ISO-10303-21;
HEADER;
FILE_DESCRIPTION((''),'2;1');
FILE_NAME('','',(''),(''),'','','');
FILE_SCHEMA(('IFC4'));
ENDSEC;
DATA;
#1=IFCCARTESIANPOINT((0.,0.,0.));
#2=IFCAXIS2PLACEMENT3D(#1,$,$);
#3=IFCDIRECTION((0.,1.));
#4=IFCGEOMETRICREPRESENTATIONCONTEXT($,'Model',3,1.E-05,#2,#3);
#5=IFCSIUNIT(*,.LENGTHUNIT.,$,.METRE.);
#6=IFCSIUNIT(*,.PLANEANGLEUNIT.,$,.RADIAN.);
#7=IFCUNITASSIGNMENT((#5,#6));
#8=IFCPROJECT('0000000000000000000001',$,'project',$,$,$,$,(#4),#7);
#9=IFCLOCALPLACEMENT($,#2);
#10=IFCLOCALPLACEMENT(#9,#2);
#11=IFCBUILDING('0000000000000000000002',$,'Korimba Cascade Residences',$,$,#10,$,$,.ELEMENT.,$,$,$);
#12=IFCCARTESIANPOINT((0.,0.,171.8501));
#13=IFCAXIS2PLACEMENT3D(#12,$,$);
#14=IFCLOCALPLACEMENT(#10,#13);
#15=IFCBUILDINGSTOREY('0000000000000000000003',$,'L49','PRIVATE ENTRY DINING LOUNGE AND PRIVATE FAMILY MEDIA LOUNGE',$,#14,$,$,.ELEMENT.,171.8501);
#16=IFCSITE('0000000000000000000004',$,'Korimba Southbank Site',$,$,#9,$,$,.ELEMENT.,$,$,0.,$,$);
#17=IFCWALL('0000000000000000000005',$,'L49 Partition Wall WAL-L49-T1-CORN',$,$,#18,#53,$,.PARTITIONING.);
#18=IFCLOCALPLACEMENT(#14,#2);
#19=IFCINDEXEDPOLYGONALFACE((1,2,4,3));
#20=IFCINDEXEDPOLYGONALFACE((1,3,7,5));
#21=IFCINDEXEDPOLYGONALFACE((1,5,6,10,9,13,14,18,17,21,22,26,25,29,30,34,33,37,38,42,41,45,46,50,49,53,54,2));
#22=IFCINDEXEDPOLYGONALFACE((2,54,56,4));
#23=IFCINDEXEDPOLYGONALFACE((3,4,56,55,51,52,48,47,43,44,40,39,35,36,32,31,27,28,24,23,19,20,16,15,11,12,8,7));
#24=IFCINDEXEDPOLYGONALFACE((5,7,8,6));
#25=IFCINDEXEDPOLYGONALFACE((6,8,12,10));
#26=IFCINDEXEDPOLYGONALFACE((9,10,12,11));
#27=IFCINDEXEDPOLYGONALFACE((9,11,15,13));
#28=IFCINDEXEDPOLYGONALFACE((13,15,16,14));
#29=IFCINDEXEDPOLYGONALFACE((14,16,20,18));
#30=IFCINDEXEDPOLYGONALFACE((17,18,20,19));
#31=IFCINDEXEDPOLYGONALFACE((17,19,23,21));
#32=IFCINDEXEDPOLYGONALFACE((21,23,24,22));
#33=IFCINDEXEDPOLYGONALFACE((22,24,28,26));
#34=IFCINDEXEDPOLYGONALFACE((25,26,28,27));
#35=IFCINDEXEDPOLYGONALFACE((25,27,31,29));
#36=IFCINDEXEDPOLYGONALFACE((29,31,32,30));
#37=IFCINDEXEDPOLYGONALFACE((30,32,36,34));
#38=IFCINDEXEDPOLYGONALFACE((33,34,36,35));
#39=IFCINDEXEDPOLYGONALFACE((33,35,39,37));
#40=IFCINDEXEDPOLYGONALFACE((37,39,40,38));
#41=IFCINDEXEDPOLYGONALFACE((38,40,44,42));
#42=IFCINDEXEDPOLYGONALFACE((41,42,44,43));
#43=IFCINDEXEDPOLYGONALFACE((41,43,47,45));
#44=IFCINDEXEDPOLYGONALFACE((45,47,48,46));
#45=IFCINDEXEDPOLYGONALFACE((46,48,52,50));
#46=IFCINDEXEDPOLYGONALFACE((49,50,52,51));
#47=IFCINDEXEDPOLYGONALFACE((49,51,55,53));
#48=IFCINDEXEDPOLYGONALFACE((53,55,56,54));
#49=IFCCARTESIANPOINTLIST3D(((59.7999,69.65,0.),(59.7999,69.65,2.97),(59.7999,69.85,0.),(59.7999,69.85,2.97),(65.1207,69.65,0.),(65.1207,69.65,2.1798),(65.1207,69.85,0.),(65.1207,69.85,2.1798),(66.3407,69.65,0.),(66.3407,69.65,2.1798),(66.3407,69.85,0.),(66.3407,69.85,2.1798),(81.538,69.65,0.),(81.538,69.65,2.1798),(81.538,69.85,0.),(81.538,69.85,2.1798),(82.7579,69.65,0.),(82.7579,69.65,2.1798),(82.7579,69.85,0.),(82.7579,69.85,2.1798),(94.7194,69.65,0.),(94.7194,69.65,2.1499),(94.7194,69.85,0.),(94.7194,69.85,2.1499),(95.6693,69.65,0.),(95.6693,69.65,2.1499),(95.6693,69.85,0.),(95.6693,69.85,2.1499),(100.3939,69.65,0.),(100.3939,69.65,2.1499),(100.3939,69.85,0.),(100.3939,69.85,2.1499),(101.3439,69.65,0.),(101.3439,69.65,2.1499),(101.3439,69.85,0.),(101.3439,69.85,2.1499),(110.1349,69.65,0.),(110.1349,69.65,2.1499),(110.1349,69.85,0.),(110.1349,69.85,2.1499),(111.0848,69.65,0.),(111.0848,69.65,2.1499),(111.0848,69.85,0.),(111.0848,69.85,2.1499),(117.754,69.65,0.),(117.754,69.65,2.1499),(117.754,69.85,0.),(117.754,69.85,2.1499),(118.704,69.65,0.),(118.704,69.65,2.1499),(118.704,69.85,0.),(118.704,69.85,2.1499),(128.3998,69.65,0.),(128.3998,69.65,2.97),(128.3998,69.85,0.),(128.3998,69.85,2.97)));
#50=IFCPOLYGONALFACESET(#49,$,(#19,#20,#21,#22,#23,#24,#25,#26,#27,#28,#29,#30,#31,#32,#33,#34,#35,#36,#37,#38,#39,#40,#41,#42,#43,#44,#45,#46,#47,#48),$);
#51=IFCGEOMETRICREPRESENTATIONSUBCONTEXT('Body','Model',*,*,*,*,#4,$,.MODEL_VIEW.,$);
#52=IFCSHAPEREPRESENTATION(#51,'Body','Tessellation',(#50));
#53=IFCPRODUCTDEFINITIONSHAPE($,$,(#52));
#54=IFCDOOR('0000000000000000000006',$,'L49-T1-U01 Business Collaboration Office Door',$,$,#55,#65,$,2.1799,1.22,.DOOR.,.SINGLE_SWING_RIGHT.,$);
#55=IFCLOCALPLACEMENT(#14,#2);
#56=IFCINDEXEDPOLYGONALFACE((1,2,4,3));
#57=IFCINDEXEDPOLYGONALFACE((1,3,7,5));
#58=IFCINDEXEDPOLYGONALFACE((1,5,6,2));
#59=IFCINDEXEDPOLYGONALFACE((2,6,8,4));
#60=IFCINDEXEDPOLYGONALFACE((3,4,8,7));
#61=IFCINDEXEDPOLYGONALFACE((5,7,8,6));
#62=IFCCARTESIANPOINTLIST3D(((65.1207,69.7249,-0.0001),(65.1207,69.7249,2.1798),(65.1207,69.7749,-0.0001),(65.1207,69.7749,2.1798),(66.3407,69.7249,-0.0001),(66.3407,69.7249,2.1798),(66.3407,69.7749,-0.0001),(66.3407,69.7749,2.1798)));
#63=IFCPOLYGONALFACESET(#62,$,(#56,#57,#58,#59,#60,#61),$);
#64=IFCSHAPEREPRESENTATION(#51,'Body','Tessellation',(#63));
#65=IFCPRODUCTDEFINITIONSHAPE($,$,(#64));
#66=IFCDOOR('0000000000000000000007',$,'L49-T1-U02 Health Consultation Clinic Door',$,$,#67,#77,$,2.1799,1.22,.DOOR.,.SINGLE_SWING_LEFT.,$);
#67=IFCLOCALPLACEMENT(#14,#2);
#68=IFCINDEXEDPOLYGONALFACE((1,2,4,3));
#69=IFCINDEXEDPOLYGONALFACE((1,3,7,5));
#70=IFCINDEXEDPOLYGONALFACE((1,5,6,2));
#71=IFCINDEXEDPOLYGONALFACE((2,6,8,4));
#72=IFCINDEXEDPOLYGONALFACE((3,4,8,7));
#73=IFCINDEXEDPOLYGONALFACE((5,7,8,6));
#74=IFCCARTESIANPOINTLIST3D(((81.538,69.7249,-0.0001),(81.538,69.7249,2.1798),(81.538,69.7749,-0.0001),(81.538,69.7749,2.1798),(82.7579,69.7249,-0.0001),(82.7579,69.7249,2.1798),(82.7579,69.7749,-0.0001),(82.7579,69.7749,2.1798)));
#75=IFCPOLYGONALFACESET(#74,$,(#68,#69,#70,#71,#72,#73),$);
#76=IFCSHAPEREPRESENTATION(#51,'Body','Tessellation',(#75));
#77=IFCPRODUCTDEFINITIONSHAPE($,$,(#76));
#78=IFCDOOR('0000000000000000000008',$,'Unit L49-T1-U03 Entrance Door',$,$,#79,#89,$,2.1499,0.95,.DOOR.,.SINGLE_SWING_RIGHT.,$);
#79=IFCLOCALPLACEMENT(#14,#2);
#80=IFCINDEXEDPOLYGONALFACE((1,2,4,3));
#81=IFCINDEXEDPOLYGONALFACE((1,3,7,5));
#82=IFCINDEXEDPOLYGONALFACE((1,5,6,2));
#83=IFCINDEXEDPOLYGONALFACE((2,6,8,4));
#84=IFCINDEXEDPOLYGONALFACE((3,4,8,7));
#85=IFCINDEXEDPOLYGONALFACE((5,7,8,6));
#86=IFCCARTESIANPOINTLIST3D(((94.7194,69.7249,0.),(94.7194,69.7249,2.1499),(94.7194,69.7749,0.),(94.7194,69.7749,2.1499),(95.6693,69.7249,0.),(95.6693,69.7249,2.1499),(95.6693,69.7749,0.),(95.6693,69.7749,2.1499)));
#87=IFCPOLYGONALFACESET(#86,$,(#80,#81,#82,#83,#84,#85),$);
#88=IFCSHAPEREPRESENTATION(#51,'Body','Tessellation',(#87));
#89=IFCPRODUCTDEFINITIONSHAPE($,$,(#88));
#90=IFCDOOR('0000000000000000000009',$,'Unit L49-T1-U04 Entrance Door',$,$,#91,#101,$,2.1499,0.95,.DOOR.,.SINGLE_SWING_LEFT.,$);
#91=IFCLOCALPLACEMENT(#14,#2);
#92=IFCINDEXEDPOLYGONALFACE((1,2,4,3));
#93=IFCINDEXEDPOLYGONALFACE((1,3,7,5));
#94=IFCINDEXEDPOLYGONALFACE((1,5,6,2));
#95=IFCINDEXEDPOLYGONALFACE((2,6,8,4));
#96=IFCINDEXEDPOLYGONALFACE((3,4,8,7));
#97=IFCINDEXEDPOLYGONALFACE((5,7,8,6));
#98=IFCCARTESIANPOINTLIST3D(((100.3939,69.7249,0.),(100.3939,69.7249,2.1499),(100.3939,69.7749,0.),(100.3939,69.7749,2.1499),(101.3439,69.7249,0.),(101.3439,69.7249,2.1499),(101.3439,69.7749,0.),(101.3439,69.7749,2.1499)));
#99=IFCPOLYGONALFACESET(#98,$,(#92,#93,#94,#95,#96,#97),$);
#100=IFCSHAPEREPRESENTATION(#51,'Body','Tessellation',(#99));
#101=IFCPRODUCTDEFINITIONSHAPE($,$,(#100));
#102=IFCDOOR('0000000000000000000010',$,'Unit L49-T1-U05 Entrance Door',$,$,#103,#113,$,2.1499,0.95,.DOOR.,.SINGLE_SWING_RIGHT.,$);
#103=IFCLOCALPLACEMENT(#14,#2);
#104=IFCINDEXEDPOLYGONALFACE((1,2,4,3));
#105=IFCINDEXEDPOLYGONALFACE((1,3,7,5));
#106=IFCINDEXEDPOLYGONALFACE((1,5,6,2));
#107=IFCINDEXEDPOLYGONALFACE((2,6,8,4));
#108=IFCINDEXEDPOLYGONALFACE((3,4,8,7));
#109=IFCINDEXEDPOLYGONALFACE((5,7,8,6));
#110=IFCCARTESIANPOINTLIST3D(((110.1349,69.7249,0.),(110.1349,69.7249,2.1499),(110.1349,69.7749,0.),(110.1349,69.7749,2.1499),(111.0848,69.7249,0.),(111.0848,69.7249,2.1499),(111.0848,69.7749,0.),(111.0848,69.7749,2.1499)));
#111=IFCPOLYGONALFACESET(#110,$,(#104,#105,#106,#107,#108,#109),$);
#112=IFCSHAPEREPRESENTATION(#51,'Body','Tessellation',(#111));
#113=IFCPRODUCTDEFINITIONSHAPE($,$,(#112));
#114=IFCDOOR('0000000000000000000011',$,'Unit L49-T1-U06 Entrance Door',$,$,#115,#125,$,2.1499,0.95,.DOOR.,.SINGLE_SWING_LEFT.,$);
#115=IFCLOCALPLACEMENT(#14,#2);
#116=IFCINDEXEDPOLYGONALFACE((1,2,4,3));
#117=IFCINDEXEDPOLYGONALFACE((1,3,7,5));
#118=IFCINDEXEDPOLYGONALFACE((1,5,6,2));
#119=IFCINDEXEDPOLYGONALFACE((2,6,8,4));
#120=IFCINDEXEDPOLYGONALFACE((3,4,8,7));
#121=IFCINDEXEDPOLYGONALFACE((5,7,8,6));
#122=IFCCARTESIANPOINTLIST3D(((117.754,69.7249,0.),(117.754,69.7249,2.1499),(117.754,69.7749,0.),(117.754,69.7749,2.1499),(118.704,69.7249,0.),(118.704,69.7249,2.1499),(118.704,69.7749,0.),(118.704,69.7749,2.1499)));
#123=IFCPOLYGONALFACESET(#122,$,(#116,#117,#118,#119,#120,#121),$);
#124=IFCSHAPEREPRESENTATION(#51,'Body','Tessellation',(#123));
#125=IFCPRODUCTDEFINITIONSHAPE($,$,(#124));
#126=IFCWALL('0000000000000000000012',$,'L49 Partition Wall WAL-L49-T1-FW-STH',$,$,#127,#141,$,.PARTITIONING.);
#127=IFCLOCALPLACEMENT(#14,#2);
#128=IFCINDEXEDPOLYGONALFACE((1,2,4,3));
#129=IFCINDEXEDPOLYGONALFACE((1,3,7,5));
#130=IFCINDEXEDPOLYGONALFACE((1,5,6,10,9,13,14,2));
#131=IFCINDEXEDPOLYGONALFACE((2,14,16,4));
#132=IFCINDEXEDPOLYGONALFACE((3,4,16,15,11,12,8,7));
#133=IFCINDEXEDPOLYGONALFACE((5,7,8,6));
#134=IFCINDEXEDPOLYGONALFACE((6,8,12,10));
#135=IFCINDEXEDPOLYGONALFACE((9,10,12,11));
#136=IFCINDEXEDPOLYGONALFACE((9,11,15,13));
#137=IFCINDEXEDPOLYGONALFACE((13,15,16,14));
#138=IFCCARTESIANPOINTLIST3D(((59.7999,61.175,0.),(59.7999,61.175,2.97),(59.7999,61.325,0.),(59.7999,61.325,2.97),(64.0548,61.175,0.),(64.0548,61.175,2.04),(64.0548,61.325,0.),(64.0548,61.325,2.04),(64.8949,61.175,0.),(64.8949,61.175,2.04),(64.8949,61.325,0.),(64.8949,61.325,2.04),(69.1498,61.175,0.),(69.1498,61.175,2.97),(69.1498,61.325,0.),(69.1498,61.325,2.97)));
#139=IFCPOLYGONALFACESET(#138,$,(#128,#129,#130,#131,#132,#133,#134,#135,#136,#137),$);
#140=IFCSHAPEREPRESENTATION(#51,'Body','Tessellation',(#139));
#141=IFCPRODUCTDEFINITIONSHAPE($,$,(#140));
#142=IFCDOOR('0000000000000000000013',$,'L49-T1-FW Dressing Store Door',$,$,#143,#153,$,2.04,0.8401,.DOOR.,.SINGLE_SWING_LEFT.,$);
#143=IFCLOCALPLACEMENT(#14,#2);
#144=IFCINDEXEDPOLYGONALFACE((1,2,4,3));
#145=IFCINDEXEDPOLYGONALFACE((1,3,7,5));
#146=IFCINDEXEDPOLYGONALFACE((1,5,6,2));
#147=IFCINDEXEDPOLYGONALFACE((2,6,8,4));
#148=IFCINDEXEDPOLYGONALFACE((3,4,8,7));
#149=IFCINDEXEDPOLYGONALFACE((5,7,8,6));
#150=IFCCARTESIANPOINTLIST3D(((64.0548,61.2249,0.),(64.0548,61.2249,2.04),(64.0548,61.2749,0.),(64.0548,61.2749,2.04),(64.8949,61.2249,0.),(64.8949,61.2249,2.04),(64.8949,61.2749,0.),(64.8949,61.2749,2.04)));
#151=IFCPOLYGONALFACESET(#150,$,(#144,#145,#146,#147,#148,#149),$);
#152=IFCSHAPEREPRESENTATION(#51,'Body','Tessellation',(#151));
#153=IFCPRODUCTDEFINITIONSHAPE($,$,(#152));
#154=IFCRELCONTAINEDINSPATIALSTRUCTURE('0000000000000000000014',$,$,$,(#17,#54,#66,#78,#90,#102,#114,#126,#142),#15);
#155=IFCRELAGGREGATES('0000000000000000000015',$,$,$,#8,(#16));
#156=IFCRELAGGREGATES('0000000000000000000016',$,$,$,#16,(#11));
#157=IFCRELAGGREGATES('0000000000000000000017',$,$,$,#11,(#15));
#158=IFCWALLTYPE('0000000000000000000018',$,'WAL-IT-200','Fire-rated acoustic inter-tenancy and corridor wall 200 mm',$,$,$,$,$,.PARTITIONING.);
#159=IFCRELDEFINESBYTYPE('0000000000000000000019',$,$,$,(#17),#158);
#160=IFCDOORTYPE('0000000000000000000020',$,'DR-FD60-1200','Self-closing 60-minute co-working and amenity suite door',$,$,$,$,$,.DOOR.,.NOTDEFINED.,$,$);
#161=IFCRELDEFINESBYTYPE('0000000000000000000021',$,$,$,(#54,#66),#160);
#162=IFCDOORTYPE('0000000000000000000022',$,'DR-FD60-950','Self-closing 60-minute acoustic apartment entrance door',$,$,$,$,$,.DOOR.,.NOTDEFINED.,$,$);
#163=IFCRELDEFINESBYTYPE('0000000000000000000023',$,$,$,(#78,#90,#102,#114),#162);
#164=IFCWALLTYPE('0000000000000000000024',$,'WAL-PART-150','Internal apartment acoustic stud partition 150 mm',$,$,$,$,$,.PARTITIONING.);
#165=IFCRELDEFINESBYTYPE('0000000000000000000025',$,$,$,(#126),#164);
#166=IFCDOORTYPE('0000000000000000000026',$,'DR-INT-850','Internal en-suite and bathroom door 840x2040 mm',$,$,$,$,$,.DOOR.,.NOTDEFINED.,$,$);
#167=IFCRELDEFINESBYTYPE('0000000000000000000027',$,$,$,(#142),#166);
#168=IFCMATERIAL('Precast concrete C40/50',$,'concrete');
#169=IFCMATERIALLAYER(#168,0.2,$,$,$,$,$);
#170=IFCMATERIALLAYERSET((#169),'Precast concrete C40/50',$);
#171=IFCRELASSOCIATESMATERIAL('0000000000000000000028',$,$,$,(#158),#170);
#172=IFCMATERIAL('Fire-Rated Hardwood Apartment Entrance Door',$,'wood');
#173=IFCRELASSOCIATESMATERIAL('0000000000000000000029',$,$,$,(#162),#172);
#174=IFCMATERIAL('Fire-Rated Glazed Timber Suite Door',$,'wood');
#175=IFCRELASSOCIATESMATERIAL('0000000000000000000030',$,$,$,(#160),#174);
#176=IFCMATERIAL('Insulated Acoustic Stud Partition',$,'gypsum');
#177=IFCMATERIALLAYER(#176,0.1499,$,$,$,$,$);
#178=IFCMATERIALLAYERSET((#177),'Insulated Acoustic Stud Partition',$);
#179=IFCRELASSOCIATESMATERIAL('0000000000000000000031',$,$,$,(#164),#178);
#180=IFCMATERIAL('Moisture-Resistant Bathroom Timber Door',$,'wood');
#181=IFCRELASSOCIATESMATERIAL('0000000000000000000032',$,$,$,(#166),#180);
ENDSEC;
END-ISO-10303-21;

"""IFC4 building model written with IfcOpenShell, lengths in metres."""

from ifc_helpers import new_model, si_unit, direction, frame, frame_2d, origin, place, context, subcontext, project, spatial, rectangle, extrude, material, layer, layer_set, type_object, element, fill, save


model = new_model("IFC4")

# Units and contexts
model_context = context("Model", 3, precision=1e-05, world=origin(), true_north=direction((0.0, 1.0)))
body_context = subcontext(model_context, "Body", "Model", "MODEL_VIEW")
ifc_project = project(units=[si_unit("LENGTHUNIT", "METRE"), si_unit("PLANEANGLEUNIT", "RADIAN")], contexts=[model_context])

# Site, building, storey
site_placement = place(None, origin())
site = spatial("IfcSite", under=ifc_project, at=site_placement, Name="Korimba Southbank Site", CompositionType="ELEMENT", RefElevation=0.0)
building_placement = place(site_placement, origin())
building = spatial("IfcBuilding", under=site, at=building_placement, Name="Korimba Cascade Residences", CompositionType="ELEMENT")
storey_placement = place(building_placement, frame((0.0, 0.0, 171.8501)))
storey = spatial("IfcBuildingStorey", under=building, at=storey_placement, Name="L49", Description="PRIVATE ENTRY DINING LOUNGE AND PRIVATE FAMILY MEDIA LOUNGE", CompositionType="ELEMENT", Elevation=171.8501)

# Shared definitions
ifc_material_1 = material(Name="Precast concrete C40/50", Category="concrete")

# Shared definitions
ifc_layer_1 = layer(ifc_material_1, 0.2)
ifc_layer_set_1 = layer_set([ifc_layer_1], Name="Precast concrete C40/50")
wall_type_1 = type_object("IfcWallType", Name="WAL-IT-200", Description="Fire-rated acoustic inter-tenancy and corridor wall 200 mm", PredefinedType="PARTITIONING", material=ifc_layer_set_1)
ifc_material_2 = material(Name="Fire-Rated Hardwood Apartment Entrance Door", Category="wood")
door_type_1 = type_object("IfcDoorType", Name="DR-FD60-950", Description="Self-closing 60-minute acoustic apartment entrance door", OperationType="NOTDEFINED", PredefinedType="DOOR", material=ifc_material_2)

# Wall, openings, doors
wall_1_placement = place(storey_placement, frame((59.8, 69.75, 0.0), z_axis=(0.0, 0.0, 1.0), x_axis=(1.0, 0.0, 0.0)))
wall_1 = element("IfcWall", 1, at=wall_1_placement, inside=storey, type_object=wall_type_1, Name="L49 Partition Wall WAL-L49-T1-CORN", PredefinedType="PARTITIONING", context=body_context, shape_type="SweptSolid", body=[
    extrude(rectangle(XDim=68.5999, YDim=0.2, at=frame_2d((34.2998, 0.0))), origin(), (0.0, 0.0, 1.0), 2.97),
])
opening_1_placement = place(wall_1_placement, frame((5.3208, 0.0, 0.0)))
opening_1 = element("IfcOpeningElement", 2, at=opening_1_placement, cuts=wall_1, PredefinedType="OPENING", context=body_context, shape_type="SweptSolid", body=[
    extrude(rectangle(XDim=1.22, YDim=2.1799, at=frame_2d((0.6099, 1.0898))), frame((0.0, 0.1099, 0.0), z_axis=(0.0, -1.0, 0.0), x_axis=(1.0, 0.0, 0.0)), (0.0, 0.0, 1.0), 0.22),
])
opening_2_placement = place(wall_1_placement, frame((21.738, 0.0, 0.0)))
opening_2 = element("IfcOpeningElement", 3, at=opening_2_placement, cuts=wall_1, PredefinedType="OPENING", context=body_context, shape_type="SweptSolid", body=[
    extrude(rectangle(XDim=1.22, YDim=2.1799, at=frame_2d((0.6099, 1.0898))), frame((0.0, 0.1099, 0.0), z_axis=(0.0, -1.0, 0.0), x_axis=(1.0, 0.0, 0.0)), (0.0, 0.0, 1.0), 0.22),
])
opening_3_placement = place(wall_1_placement, frame((34.9192, 0.0, 0.0)))
opening_3 = element("IfcOpeningElement", 4, at=opening_3_placement, cuts=wall_1, PredefinedType="OPENING", context=body_context, shape_type="SweptSolid", body=[
    extrude(rectangle(XDim=0.95, YDim=2.1499, at=frame_2d((0.4751, 1.075))), frame((0.0, 0.1099, 0.0), z_axis=(0.0, -1.0, 0.0), x_axis=(1.0, 0.0, 0.0)), (0.0, 0.0, 1.0), 0.22),
])
opening_4_placement = place(wall_1_placement, frame((40.5938, 0.0, 0.0)))
opening_4 = element("IfcOpeningElement", 5, at=opening_4_placement, cuts=wall_1, PredefinedType="OPENING", context=body_context, shape_type="SweptSolid", body=[
    extrude(rectangle(XDim=0.95, YDim=2.1499, at=frame_2d((0.4751, 1.075))), frame((0.0, 0.1099, 0.0), z_axis=(0.0, -1.0, 0.0), x_axis=(1.0, 0.0, 0.0)), (0.0, 0.0, 1.0), 0.22),
])
opening_5_placement = place(wall_1_placement, frame((50.3347, 0.0, 0.0)))
opening_5 = element("IfcOpeningElement", 6, at=opening_5_placement, cuts=wall_1, PredefinedType="OPENING", context=body_context, shape_type="SweptSolid", body=[
    extrude(rectangle(XDim=0.95, YDim=2.1499, at=frame_2d((0.4751, 1.075))), frame((0.0, 0.1099, 0.0), z_axis=(0.0, -1.0, 0.0), x_axis=(1.0, 0.0, 0.0)), (0.0, 0.0, 1.0), 0.22),
])
opening_6_placement = place(wall_1_placement, frame((57.9539, 0.0, 0.0)))
opening_6 = element("IfcOpeningElement", 7, at=opening_6_placement, cuts=wall_1, PredefinedType="OPENING", context=body_context, shape_type="SweptSolid", body=[
    extrude(rectangle(XDim=0.95, YDim=2.1499, at=frame_2d((0.4751, 1.075))), frame((0.0, 0.1099, 0.0), z_axis=(0.0, -1.0, 0.0), x_axis=(1.0, 0.0, 0.0)), (0.0, 0.0, 1.0), 0.22),
])
ifc_material_3 = material(Name="Fire-Rated Glazed Timber Suite Door", Category="wood")
door_type_2 = type_object("IfcDoorType", Name="DR-FD60-1200", Description="Self-closing 60-minute co-working and amenity suite door", OperationType="NOTDEFINED", PredefinedType="DOOR", material=ifc_material_3)
door_1_placement = place(opening_1_placement, origin())
door_1 = element("IfcDoor", 8, at=door_1_placement, inside=storey, type_object=door_type_2, Name="L49-T1-U01 Business Collaboration Office Door", OperationType="SINGLE_SWING_RIGHT", OverallHeight=2.1799, OverallWidth=1.22, PredefinedType="DOOR", context=body_context, shape_type="SweptSolid", body=[
    extrude(rectangle(XDim=1.22, YDim=2.1799, at=frame_2d((0.6099, 1.0898))), frame((0.0, 0.0249, 0.0), z_axis=(0.0, -1.0, 0.0), x_axis=(1.0, 0.0, 0.0)), (0.0, 0.0, 1.0), 0.05),
])
fill(opening_1, door_1)
door_2_placement = place(opening_2_placement, origin())
door_2 = element("IfcDoor", 9, at=door_2_placement, inside=storey, type_object=door_type_2, Name="L49-T1-U02 Health Consultation Clinic Door", OperationType="SINGLE_SWING_LEFT", OverallHeight=2.1799, OverallWidth=1.22, PredefinedType="DOOR", context=body_context, shape_type="SweptSolid", body=[
    extrude(rectangle(XDim=1.22, YDim=2.1799, at=frame_2d((0.6099, 1.0898))), frame((0.0, 0.0249, 0.0), z_axis=(0.0, -1.0, 0.0), x_axis=(1.0, 0.0, 0.0)), (0.0, 0.0, 1.0), 0.05),
])
fill(opening_2, door_2)
door_3_placement = place(opening_3_placement, origin())
door_3 = element("IfcDoor", 10, at=door_3_placement, inside=storey, type_object=door_type_1, Name="Unit L49-T1-U03 Entrance Door", OperationType="SINGLE_SWING_RIGHT", OverallHeight=2.1499, OverallWidth=0.95, PredefinedType="DOOR", context=body_context, shape_type="SweptSolid", body=[
    extrude(rectangle(XDim=0.95, YDim=2.1499, at=frame_2d((0.4751, 1.075))), frame((0.0, 0.0249, 0.0), z_axis=(0.0, -1.0, 0.0), x_axis=(1.0, 0.0, 0.0)), (0.0, 0.0, 1.0), 0.05),
])
fill(opening_3, door_3)
door_4_placement = place(opening_4_placement, origin())
door_4 = element("IfcDoor", 11, at=door_4_placement, inside=storey, type_object=door_type_1, Name="Unit L49-T1-U04 Entrance Door", OperationType="SINGLE_SWING_LEFT", OverallHeight=2.1499, OverallWidth=0.95, PredefinedType="DOOR", context=body_context, shape_type="SweptSolid", body=[
    extrude(rectangle(XDim=0.95, YDim=2.1499, at=frame_2d((0.4751, 1.075))), frame((0.0, 0.0249, 0.0), z_axis=(0.0, -1.0, 0.0), x_axis=(1.0, 0.0, 0.0)), (0.0, 0.0, 1.0), 0.05),
])
fill(opening_4, door_4)
door_5_placement = place(opening_5_placement, origin())
door_5 = element("IfcDoor", 12, at=door_5_placement, inside=storey, type_object=door_type_1, Name="Unit L49-T1-U05 Entrance Door", OperationType="SINGLE_SWING_RIGHT", OverallHeight=2.1499, OverallWidth=0.95, PredefinedType="DOOR", context=body_context, shape_type="SweptSolid", body=[
    extrude(rectangle(XDim=0.95, YDim=2.1499, at=frame_2d((0.4751, 1.075))), frame((0.0, 0.0249, 0.0), z_axis=(0.0, -1.0, 0.0), x_axis=(1.0, 0.0, 0.0)), (0.0, 0.0, 1.0), 0.05),
])
fill(opening_5, door_5)
door_6_placement = place(opening_6_placement, origin())
door_6 = element("IfcDoor", 13, at=door_6_placement, inside=storey, type_object=door_type_1, Name="Unit L49-T1-U06 Entrance Door", OperationType="SINGLE_SWING_LEFT", OverallHeight=2.1499, OverallWidth=0.95, PredefinedType="DOOR", context=body_context, shape_type="SweptSolid", body=[
    extrude(rectangle(XDim=0.95, YDim=2.1499, at=frame_2d((0.4751, 1.075))), frame((0.0, 0.0249, 0.0), z_axis=(0.0, -1.0, 0.0), x_axis=(1.0, 0.0, 0.0)), (0.0, 0.0, 1.0), 0.05),
])
fill(opening_6, door_6)

# Wall, opening, door
ifc_material_4 = material(Name="Insulated Acoustic Stud Partition", Category="gypsum")
ifc_layer_2 = layer(ifc_material_4, 0.1499)
ifc_layer_set_2 = layer_set([ifc_layer_2], Name="Insulated Acoustic Stud Partition")
wall_type_2 = type_object("IfcWallType", Name="WAL-PART-150", Description="Internal apartment acoustic stud partition 150 mm", PredefinedType="PARTITIONING", material=ifc_layer_set_2)
wall_2_placement = place(storey_placement, frame((59.8, 61.25, 0.0), z_axis=(0.0, 0.0, 1.0), x_axis=(1.0, 0.0, 0.0)))
wall_2 = element("IfcWall", 14, at=wall_2_placement, inside=storey, type_object=wall_type_2, Name="L49 Partition Wall WAL-L49-T1-FW-STH", PredefinedType="PARTITIONING", context=body_context, shape_type="SweptSolid", body=[
    extrude(rectangle(XDim=9.3499, YDim=0.1499, at=frame_2d((4.6748, 0.0))), origin(), (0.0, 0.0, 1.0), 2.97),
])
opening_7_placement = place(wall_2_placement, frame((4.2549, 0.0, 0.0)))
opening_7 = element("IfcOpeningElement", 15, at=opening_7_placement, cuts=wall_2, PredefinedType="OPENING", context=body_context, shape_type="SweptSolid", body=[
    extrude(rectangle(XDim=0.8401, YDim=2.04, at=frame_2d((0.4199, 1.02))), frame((0.0, 0.085, 0.0), z_axis=(0.0, -1.0, 0.0), x_axis=(1.0, 0.0, 0.0)), (0.0, 0.0, 1.0), 0.1699),
])
ifc_material_5 = material(Name="Moisture-Resistant Bathroom Timber Door", Category="wood")
door_type_3 = type_object("IfcDoorType", Name="DR-INT-850", Description="Internal en-suite and bathroom door 840x2040 mm", OperationType="NOTDEFINED", PredefinedType="DOOR", material=ifc_material_5)
door_7_placement = place(opening_7_placement, origin())
door_7 = element("IfcDoor", 16, at=door_7_placement, inside=storey, type_object=door_type_3, Name="L49-T1-FW Dressing Store Door", OperationType="SINGLE_SWING_LEFT", OverallHeight=2.04, OverallWidth=0.8401, PredefinedType="DOOR", context=body_context, shape_type="SweptSolid", body=[
    extrude(rectangle(XDim=0.8401, YDim=2.04, at=frame_2d((0.4199, 1.02))), frame((0.0, 0.0249, 0.0), z_axis=(0.0, -1.0, 0.0), x_axis=(1.0, 0.0, 0.0)), (0.0, 0.0, 1.0), 0.05),
])
fill(opening_7, door_7)

save(model, "model.ifc")
